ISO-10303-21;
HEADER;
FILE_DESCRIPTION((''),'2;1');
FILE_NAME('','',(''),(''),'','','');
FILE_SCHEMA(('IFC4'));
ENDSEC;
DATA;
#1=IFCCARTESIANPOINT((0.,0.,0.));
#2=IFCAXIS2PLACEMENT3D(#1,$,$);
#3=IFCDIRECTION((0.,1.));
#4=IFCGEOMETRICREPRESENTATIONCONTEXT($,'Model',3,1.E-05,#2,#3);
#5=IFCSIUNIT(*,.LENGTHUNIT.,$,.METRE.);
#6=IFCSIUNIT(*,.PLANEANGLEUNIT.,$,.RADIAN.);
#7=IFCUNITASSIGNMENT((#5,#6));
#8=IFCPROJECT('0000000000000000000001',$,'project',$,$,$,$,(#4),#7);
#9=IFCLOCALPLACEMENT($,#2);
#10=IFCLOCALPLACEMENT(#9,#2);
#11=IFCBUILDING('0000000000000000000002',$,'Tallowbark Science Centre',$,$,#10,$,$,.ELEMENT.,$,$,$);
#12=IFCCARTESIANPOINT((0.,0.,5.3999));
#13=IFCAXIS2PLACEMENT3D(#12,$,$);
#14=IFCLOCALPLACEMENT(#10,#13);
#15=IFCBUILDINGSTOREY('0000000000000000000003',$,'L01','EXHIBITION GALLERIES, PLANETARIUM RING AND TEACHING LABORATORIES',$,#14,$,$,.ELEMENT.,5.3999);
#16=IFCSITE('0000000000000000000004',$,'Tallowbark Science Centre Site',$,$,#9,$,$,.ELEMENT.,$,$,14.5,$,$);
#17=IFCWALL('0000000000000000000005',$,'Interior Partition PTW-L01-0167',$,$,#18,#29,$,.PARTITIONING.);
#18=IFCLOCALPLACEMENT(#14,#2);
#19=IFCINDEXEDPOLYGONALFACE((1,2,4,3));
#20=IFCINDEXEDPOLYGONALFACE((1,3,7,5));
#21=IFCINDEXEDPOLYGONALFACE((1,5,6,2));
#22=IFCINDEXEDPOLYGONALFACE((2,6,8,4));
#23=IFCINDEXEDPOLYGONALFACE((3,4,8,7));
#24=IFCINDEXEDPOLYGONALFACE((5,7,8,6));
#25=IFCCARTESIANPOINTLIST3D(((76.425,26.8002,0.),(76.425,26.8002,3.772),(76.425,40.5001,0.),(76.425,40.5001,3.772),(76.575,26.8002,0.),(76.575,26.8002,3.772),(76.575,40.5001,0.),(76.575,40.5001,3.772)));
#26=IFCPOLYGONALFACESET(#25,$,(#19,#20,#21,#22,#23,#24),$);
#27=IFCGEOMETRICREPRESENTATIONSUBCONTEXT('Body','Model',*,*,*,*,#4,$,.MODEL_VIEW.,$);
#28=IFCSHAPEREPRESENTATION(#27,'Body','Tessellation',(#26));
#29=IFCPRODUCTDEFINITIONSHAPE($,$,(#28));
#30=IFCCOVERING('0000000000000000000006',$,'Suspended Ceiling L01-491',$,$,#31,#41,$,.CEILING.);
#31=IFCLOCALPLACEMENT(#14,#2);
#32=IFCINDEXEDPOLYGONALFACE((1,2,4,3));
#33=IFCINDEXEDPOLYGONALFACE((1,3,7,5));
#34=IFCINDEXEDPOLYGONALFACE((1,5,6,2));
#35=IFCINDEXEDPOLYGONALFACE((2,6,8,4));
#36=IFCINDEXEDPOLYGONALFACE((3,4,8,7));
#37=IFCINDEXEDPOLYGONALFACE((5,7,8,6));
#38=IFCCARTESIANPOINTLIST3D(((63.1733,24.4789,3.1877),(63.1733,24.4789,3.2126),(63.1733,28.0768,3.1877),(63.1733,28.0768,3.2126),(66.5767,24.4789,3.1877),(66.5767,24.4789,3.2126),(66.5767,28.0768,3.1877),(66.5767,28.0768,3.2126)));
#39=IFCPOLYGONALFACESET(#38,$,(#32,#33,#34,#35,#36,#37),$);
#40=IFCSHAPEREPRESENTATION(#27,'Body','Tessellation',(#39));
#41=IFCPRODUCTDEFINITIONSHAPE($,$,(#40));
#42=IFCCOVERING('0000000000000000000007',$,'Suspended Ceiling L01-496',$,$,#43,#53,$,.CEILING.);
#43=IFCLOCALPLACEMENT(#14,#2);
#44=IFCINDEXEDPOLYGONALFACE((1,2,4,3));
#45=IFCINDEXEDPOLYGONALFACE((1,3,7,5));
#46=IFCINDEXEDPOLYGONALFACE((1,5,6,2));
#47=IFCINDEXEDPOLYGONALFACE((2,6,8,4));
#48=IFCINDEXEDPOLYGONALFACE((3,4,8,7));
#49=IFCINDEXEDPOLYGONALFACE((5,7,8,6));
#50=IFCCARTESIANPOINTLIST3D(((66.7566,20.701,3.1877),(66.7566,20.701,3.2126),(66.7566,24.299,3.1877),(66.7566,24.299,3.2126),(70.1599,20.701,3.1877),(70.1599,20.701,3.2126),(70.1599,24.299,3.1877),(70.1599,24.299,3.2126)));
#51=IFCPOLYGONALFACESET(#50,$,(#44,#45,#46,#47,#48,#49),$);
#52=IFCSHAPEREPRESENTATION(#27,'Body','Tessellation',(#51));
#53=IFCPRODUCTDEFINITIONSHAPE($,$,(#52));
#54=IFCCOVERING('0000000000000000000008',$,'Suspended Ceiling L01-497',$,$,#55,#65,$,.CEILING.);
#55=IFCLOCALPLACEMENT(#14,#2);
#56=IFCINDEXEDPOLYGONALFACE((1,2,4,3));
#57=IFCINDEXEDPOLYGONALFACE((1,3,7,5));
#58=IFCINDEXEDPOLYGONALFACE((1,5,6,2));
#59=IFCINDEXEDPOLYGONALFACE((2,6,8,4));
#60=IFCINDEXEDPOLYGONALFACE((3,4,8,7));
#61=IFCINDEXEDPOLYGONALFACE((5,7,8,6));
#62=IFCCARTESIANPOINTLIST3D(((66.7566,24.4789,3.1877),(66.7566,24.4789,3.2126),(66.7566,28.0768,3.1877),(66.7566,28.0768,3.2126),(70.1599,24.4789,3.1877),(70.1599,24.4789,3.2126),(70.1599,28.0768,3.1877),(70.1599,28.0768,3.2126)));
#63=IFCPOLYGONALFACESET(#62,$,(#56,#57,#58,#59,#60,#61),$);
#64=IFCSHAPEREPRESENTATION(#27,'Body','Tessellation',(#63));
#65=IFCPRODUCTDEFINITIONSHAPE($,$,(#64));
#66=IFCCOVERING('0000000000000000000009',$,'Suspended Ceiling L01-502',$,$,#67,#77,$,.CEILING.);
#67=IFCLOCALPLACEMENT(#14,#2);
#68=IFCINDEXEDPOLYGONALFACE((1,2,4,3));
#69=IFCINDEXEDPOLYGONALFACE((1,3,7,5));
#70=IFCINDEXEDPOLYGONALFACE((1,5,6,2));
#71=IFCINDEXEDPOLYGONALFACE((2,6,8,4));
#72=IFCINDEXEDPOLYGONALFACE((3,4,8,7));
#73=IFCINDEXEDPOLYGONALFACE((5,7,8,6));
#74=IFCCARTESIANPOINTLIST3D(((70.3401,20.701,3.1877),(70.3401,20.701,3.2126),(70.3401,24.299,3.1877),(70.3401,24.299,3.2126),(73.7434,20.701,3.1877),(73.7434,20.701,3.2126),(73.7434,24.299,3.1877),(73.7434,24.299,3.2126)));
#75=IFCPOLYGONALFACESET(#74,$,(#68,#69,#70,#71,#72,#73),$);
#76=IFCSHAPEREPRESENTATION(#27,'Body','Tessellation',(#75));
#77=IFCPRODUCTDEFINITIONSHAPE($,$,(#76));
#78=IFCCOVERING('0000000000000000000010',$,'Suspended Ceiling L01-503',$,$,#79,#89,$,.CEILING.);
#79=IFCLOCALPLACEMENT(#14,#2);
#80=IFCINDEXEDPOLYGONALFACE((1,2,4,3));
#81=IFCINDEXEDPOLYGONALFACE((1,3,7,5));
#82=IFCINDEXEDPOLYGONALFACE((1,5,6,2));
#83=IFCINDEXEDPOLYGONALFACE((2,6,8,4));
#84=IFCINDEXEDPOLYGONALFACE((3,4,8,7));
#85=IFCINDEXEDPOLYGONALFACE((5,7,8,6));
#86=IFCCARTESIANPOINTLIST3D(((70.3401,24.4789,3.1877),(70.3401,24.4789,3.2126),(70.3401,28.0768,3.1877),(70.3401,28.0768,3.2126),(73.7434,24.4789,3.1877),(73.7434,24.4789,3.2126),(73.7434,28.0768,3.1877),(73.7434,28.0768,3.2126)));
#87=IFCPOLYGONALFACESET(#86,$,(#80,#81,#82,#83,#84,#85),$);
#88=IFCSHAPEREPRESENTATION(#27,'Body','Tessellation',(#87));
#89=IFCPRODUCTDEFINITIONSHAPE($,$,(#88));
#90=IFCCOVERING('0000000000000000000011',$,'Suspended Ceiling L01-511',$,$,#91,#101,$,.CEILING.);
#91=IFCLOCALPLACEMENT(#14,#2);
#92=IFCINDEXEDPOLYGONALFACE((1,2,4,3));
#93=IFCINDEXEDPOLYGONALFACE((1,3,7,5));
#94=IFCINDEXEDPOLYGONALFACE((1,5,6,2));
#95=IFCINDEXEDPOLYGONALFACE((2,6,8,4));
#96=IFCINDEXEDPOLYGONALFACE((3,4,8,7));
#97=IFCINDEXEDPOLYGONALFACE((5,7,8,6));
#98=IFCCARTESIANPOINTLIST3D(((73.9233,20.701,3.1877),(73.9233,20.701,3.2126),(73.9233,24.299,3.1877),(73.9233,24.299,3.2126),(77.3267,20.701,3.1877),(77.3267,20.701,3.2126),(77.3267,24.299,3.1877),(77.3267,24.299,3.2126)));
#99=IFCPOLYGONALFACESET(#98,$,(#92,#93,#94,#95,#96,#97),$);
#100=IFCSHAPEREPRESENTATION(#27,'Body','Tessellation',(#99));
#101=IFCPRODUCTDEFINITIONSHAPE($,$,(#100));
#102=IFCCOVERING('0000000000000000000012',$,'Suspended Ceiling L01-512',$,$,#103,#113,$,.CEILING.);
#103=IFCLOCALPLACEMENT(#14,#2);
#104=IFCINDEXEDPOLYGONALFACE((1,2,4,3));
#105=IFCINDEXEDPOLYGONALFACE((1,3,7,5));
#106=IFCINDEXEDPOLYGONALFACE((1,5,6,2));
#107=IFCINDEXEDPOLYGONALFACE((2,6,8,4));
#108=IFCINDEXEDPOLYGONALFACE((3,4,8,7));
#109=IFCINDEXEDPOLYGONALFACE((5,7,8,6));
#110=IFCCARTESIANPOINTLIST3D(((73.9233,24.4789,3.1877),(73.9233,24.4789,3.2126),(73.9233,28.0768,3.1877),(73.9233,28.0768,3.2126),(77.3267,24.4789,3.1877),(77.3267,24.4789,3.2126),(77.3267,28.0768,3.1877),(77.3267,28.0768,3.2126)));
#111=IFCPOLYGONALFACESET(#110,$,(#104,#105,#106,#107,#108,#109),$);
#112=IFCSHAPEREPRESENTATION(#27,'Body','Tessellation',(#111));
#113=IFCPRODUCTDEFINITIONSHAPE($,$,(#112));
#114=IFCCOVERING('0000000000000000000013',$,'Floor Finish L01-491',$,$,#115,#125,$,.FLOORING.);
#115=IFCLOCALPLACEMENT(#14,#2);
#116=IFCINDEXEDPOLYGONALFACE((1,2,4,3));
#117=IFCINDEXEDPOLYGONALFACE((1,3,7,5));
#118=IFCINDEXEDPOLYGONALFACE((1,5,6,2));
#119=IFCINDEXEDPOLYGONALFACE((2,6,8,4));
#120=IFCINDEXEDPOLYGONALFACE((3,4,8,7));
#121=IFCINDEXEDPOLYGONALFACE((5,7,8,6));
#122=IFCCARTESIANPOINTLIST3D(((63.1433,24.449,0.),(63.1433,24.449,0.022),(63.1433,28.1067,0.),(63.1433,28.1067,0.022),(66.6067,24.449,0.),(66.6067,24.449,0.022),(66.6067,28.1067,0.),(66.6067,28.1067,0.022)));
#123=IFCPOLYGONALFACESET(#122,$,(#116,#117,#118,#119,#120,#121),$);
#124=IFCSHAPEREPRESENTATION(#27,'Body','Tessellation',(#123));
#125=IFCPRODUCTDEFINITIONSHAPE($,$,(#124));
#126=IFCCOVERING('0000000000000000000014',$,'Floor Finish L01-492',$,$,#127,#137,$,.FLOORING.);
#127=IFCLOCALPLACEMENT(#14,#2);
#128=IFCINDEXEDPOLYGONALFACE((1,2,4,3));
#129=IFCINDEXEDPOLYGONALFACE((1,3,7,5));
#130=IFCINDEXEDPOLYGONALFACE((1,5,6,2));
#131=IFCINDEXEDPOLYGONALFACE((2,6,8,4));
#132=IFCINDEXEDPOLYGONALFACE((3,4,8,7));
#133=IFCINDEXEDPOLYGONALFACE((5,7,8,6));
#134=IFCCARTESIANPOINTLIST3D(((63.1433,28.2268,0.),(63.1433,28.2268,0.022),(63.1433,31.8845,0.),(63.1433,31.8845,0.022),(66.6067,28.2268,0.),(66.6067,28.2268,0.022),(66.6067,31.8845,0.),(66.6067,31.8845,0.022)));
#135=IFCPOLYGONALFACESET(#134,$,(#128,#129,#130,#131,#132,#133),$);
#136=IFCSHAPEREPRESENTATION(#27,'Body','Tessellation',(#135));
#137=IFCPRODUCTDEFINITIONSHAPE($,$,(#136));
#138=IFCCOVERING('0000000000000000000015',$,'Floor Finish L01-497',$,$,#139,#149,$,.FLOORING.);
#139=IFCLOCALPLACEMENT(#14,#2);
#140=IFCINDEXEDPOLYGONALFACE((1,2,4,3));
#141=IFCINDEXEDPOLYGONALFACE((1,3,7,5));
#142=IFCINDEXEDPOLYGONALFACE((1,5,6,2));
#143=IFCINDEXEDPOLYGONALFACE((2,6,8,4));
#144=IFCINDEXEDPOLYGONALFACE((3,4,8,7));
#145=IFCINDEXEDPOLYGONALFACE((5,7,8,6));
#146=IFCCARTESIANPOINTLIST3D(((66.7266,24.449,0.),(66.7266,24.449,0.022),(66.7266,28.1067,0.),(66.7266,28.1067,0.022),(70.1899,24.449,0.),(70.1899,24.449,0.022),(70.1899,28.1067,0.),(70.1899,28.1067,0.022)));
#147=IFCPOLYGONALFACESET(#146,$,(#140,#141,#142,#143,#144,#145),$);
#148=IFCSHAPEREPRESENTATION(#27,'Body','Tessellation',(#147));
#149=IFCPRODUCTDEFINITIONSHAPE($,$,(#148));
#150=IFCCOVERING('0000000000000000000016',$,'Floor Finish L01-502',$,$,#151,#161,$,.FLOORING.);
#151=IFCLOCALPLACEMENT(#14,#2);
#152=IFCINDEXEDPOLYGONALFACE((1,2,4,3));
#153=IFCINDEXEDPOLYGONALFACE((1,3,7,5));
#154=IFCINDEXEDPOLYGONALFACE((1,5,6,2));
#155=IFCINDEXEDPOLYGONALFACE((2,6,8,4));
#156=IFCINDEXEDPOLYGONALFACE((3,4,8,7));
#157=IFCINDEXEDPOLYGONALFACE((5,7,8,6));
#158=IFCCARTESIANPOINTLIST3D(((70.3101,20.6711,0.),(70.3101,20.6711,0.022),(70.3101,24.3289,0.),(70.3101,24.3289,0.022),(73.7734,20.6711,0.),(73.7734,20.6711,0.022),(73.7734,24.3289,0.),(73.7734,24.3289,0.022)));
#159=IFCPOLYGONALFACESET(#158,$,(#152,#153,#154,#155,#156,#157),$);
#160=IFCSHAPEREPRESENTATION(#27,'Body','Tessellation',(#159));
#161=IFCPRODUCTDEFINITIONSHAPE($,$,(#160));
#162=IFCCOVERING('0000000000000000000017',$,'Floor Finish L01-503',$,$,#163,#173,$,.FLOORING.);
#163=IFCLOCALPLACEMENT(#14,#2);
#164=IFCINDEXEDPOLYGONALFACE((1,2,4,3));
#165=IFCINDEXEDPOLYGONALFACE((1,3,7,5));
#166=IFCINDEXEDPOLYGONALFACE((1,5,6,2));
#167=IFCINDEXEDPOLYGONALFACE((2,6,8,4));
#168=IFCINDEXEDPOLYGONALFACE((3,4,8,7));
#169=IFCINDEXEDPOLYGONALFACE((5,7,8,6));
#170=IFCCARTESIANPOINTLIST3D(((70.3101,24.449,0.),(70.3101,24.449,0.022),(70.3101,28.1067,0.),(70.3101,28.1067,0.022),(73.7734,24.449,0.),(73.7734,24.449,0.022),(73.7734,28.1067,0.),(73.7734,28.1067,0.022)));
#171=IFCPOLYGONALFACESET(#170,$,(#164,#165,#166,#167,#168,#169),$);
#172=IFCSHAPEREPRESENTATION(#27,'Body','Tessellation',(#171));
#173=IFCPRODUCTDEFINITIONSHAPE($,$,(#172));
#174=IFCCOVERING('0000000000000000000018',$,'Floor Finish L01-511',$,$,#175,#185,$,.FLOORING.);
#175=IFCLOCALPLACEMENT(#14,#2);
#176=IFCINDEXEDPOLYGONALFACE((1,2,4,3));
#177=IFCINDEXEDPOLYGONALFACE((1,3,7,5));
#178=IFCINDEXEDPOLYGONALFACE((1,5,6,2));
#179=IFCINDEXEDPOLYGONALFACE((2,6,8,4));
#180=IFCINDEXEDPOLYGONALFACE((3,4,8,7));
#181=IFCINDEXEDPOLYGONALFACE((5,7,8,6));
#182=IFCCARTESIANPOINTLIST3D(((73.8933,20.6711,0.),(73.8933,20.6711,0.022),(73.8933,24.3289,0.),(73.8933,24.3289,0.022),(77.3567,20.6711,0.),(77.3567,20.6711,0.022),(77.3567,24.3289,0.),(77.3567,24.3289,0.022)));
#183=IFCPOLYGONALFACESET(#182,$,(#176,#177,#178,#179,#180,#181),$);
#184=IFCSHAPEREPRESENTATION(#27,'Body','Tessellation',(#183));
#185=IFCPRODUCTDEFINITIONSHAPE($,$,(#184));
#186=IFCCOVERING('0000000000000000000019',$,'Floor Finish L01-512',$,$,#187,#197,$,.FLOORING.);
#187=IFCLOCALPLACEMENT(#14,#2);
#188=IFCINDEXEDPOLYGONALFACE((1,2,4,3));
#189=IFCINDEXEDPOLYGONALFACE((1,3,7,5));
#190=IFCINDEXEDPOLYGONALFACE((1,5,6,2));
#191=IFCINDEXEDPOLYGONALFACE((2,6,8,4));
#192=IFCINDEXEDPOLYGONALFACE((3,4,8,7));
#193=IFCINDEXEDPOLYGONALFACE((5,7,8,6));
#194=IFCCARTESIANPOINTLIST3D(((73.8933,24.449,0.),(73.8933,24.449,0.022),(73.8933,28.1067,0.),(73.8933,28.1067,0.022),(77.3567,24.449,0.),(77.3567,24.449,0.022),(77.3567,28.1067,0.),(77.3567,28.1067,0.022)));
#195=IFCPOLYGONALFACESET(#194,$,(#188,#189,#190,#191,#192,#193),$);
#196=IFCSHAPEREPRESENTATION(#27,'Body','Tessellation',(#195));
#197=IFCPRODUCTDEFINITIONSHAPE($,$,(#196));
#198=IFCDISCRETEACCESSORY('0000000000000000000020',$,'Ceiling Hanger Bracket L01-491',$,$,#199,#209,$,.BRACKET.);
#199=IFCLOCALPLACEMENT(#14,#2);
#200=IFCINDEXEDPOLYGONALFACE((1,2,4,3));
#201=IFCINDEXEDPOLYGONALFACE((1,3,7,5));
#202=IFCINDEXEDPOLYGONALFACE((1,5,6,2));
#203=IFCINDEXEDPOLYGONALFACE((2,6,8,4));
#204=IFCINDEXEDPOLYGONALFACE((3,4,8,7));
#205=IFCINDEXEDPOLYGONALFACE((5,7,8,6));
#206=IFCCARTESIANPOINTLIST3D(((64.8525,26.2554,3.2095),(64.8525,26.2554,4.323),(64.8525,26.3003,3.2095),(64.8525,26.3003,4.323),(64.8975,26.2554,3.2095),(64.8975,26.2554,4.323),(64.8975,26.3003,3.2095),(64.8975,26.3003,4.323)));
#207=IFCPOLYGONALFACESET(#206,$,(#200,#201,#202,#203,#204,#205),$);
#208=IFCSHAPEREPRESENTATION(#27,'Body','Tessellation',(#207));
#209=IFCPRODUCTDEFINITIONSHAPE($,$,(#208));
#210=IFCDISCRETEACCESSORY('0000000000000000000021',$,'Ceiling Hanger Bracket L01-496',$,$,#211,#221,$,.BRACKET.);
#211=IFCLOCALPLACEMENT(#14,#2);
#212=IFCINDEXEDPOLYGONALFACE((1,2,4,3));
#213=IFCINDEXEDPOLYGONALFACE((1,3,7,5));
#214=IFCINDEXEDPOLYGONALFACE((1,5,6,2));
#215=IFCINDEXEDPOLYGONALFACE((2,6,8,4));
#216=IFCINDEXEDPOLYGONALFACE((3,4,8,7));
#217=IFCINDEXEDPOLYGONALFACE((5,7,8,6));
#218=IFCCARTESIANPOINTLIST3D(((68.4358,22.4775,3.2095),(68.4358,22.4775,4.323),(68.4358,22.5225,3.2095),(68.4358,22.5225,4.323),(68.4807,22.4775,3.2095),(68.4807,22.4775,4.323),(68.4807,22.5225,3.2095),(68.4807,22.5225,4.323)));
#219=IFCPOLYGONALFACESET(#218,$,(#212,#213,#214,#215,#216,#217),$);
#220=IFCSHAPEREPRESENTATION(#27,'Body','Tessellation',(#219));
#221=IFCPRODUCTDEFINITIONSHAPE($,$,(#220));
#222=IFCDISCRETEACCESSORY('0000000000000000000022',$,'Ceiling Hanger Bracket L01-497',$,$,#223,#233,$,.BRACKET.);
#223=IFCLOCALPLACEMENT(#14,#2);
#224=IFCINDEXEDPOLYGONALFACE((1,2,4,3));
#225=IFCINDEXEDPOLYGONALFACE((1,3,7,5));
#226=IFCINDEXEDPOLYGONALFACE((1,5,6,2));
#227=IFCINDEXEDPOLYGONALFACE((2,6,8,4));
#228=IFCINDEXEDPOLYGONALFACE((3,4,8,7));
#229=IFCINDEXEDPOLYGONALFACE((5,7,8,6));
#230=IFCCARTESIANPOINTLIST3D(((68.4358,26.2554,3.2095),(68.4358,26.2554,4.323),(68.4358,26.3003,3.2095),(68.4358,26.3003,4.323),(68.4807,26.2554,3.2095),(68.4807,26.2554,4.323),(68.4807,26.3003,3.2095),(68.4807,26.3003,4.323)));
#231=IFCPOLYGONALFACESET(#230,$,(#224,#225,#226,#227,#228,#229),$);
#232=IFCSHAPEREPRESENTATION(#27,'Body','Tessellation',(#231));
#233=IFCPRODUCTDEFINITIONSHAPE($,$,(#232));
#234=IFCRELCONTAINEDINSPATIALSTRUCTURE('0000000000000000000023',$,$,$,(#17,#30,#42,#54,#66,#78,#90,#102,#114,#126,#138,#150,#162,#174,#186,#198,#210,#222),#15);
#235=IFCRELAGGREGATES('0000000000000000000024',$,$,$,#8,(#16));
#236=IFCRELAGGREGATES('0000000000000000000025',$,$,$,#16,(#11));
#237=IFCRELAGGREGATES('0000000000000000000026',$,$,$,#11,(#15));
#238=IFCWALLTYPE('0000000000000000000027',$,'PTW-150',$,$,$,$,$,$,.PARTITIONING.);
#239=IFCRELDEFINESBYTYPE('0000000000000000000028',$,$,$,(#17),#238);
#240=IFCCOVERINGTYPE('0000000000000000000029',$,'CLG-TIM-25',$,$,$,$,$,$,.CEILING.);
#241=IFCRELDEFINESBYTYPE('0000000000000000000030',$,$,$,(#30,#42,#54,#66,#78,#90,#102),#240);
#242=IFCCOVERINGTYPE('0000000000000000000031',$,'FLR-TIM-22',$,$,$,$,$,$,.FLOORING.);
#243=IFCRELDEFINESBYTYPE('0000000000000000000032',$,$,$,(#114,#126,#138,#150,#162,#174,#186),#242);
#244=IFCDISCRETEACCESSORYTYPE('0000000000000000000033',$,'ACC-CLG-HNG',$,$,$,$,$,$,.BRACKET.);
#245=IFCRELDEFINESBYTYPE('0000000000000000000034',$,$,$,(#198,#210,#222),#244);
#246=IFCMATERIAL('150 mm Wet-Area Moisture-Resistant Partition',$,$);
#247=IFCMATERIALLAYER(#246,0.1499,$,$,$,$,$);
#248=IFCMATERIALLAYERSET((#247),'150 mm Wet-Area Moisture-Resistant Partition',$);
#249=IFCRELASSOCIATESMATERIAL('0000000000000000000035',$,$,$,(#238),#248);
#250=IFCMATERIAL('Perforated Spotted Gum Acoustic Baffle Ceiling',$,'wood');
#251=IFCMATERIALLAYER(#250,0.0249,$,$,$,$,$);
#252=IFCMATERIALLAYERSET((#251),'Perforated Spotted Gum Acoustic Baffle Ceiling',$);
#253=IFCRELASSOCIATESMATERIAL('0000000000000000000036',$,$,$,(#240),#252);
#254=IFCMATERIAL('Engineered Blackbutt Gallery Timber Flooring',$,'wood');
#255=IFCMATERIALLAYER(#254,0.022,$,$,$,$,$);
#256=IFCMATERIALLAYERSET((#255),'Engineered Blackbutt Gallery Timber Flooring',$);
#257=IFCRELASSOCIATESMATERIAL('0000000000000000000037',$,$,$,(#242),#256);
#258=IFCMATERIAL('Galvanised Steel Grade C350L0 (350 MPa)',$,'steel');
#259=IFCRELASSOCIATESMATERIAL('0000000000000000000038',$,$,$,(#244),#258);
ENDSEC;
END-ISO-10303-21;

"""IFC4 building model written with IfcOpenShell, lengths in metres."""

from ifc_helpers import new_model, si_unit, direction, frame, frame_2d, origin, origin_2d, place, context, subcontext, project, spatial, rectangle, extrude, material, layer, layer_set, type_object, element, save


model = new_model("IFC4")

# Units and contexts
model_context = context("Model", 3, precision=1e-05, world=origin(), true_north=direction((0.0, 1.0)))
body_context = subcontext(model_context, "Body", "Model", "MODEL_VIEW")
ifc_project = project(units=[si_unit("LENGTHUNIT", "METRE"), si_unit("PLANEANGLEUNIT", "RADIAN")], contexts=[model_context])

# Site, building, storey
site_placement = place(None, origin())
site = spatial("IfcSite", under=ifc_project, at=site_placement, Name="Tallowbark Science Centre Site", CompositionType="ELEMENT", RefElevation=14.5)
building_placement = place(site_placement, origin())
building = spatial("IfcBuilding", under=site, at=building_placement, Name="Tallowbark Science Centre", CompositionType="ELEMENT")
storey_placement = place(building_placement, frame((0.0, 0.0, 5.3999)))
storey = spatial("IfcBuildingStorey", under=building, at=storey_placement, Name="L01", Description="EXHIBITION GALLERIES, PLANETARIUM RING AND TEACHING LABORATORIES", CompositionType="ELEMENT", Elevation=5.3999)

# Shared definitions
ifc_material_1 = material(Name="150 mm Wet-Area Moisture-Resistant Partition")
ifc_layer_1 = layer(ifc_material_1, 0.1499)
ifc_layer_set_1 = layer_set([ifc_layer_1], Name="150 mm Wet-Area Moisture-Resistant Partition")
wall_type = type_object("IfcWallType", Name="PTW-150", PredefinedType="PARTITIONING", material=ifc_layer_set_1)

# Wall
wall_1_placement = place(storey_placement, frame((76.5, 26.8, 0.0), z_axis=(0.0, 0.0, 1.0), x_axis=(0.0, 1.0, 0.0)))
element("IfcWall", 1, at=wall_1_placement, inside=storey, type_object=wall_type, Name="Interior Partition PTW-L01-0167", PredefinedType="PARTITIONING", context=body_context, shape_type="SweptSolid", body=[
    extrude(rectangle(XDim=13.7, YDim=0.1499, at=frame_2d((6.8501, 0.0))), origin(), (0.0, 0.0, 1.0), 3.772),
])

# Coverings
ifc_material_2 = material(Name="Perforated Spotted Gum Acoustic Baffle Ceiling", Category="wood")
ifc_layer_2 = layer(ifc_material_2, 0.0249)
ifc_layer_set_2 = layer_set([ifc_layer_2], Name="Perforated Spotted Gum Acoustic Baffle Ceiling")
covering_type_1 = type_object("IfcCoveringType", Name="CLG-TIM-25", PredefinedType="CEILING", material=ifc_layer_set_2)
for number, where, z_axis, x_axis, name in (
    (2, (64.875, 26.2778, 3.1877), (0.0, 0.0, 1.0), (1.0, 0.0, 0.0), "Suspended Ceiling L01-491"),
    (3, (68.4583, 22.5, 3.1877), (0.0, 0.0, 1.0), (1.0, 0.0, 0.0), "Suspended Ceiling L01-496"),
    (4, (68.4583, 26.2778, 3.1877), (0.0, 0.0, 1.0), (1.0, 0.0, 0.0), "Suspended Ceiling L01-497"),
    (5, (72.0417, 22.5, 3.1877), (0.0, 0.0, 1.0), (1.0, 0.0, 0.0), "Suspended Ceiling L01-502"),
    (6, (72.0417, 26.2778, 3.1877), (0.0, 0.0, 1.0), (1.0, 0.0, 0.0), "Suspended Ceiling L01-503"),
    (7, (75.625, 22.5, 3.1877), (0.0, 0.0, 1.0), (1.0, 0.0, 0.0), "Suspended Ceiling L01-511"),
    (8, (75.625, 26.2778, 3.1877), (0.0, 0.0, 1.0), (1.0, 0.0, 0.0), "Suspended Ceiling L01-512"),
):
    element("IfcCovering", number, at=place(storey_placement, frame(where, z_axis=z_axis, x_axis=x_axis)), inside=storey, type_object=covering_type_1, Name=name, PredefinedType="CEILING", context=body_context, shape_type="SweptSolid", body=[
        extrude(rectangle(XDim=3.4033, YDim=3.5979, at=origin_2d()), origin(), (0.0, 0.0, 1.0), 0.0249),
    ])
ifc_material_3 = material(Name="Engineered Blackbutt Gallery Timber Flooring", Category="wood")
ifc_layer_3 = layer(ifc_material_3, 0.022)
ifc_layer_set_3 = layer_set([ifc_layer_3], Name="Engineered Blackbutt Gallery Timber Flooring")
covering_type_2 = type_object("IfcCoveringType", Name="FLR-TIM-22", PredefinedType="FLOORING", material=ifc_layer_set_3)
for number, where, z_axis, x_axis, name in (
    (9, (64.875, 26.2778, 0.0), (0.0, 0.0, 1.0), (1.0, 0.0, 0.0), "Floor Finish L01-491"),
    (10, (64.875, 30.0557, 0.0), (0.0, 0.0, 1.0), (1.0, 0.0, 0.0), "Floor Finish L01-492"),
    (11, (68.4583, 26.2778, 0.0), (0.0, 0.0, 1.0), (1.0, 0.0, 0.0), "Floor Finish L01-497"),
    (12, (72.0417, 22.5, 0.0), (0.0, 0.0, 1.0), (1.0, 0.0, 0.0), "Floor Finish L01-502"),
    (13, (72.0417, 26.2778, 0.0), (0.0, 0.0, 1.0), (1.0, 0.0, 0.0), "Floor Finish L01-503"),
    (14, (75.625, 22.5, 0.0), (0.0, 0.0, 1.0), (1.0, 0.0, 0.0), "Floor Finish L01-511"),
    (15, (75.625, 26.2778, 0.0), (0.0, 0.0, 1.0), (1.0, 0.0, 0.0), "Floor Finish L01-512"),
):
    element("IfcCovering", number, at=place(storey_placement, frame(where, z_axis=z_axis, x_axis=x_axis)), inside=storey, type_object=covering_type_2, Name=name, PredefinedType="FLOORING", context=body_context, shape_type="SweptSolid", body=[
        extrude(rectangle(XDim=3.4634, YDim=3.6577, at=origin_2d()), origin(), (0.0, 0.0, 1.0), 0.022),
    ])

# Discrete accessories
ifc_material_4 = material(Name="Galvanised Steel Grade C350L0 (350 MPa)", Category="steel")
discrete_accessory_type = type_object("IfcDiscreteAccessoryType", Name="ACC-CLG-HNG", PredefinedType="BRACKET", material=ifc_material_4)
for number, where, z_axis, x_axis, name in (
    (16, (64.875, 26.2778, 3.2095), (0.0, 0.0, 1.0), (1.0, 0.0, 0.0), "Ceiling Hanger Bracket L01-491"),
    (17, (68.4583, 22.5, 3.2095), (0.0, 0.0, 1.0), (1.0, 0.0, 0.0), "Ceiling Hanger Bracket L01-496"),
    (18, (68.4583, 26.2778, 3.2095), (0.0, 0.0, 1.0), (1.0, 0.0, 0.0), "Ceiling Hanger Bracket L01-497"),
):
    element("IfcDiscreteAccessory", number, at=place(storey_placement, frame(where, z_axis=z_axis, x_axis=x_axis)), inside=storey, type_object=discrete_accessory_type, Name=name, PredefinedType="BRACKET", context=body_context, shape_type="SweptSolid", body=[
        extrude(rectangle(XDim=0.0449, YDim=0.0449, at=origin_2d()), origin(), (0.0, 0.0, 1.0), 1.1135),
    ])

save(model, "model.ifc")
